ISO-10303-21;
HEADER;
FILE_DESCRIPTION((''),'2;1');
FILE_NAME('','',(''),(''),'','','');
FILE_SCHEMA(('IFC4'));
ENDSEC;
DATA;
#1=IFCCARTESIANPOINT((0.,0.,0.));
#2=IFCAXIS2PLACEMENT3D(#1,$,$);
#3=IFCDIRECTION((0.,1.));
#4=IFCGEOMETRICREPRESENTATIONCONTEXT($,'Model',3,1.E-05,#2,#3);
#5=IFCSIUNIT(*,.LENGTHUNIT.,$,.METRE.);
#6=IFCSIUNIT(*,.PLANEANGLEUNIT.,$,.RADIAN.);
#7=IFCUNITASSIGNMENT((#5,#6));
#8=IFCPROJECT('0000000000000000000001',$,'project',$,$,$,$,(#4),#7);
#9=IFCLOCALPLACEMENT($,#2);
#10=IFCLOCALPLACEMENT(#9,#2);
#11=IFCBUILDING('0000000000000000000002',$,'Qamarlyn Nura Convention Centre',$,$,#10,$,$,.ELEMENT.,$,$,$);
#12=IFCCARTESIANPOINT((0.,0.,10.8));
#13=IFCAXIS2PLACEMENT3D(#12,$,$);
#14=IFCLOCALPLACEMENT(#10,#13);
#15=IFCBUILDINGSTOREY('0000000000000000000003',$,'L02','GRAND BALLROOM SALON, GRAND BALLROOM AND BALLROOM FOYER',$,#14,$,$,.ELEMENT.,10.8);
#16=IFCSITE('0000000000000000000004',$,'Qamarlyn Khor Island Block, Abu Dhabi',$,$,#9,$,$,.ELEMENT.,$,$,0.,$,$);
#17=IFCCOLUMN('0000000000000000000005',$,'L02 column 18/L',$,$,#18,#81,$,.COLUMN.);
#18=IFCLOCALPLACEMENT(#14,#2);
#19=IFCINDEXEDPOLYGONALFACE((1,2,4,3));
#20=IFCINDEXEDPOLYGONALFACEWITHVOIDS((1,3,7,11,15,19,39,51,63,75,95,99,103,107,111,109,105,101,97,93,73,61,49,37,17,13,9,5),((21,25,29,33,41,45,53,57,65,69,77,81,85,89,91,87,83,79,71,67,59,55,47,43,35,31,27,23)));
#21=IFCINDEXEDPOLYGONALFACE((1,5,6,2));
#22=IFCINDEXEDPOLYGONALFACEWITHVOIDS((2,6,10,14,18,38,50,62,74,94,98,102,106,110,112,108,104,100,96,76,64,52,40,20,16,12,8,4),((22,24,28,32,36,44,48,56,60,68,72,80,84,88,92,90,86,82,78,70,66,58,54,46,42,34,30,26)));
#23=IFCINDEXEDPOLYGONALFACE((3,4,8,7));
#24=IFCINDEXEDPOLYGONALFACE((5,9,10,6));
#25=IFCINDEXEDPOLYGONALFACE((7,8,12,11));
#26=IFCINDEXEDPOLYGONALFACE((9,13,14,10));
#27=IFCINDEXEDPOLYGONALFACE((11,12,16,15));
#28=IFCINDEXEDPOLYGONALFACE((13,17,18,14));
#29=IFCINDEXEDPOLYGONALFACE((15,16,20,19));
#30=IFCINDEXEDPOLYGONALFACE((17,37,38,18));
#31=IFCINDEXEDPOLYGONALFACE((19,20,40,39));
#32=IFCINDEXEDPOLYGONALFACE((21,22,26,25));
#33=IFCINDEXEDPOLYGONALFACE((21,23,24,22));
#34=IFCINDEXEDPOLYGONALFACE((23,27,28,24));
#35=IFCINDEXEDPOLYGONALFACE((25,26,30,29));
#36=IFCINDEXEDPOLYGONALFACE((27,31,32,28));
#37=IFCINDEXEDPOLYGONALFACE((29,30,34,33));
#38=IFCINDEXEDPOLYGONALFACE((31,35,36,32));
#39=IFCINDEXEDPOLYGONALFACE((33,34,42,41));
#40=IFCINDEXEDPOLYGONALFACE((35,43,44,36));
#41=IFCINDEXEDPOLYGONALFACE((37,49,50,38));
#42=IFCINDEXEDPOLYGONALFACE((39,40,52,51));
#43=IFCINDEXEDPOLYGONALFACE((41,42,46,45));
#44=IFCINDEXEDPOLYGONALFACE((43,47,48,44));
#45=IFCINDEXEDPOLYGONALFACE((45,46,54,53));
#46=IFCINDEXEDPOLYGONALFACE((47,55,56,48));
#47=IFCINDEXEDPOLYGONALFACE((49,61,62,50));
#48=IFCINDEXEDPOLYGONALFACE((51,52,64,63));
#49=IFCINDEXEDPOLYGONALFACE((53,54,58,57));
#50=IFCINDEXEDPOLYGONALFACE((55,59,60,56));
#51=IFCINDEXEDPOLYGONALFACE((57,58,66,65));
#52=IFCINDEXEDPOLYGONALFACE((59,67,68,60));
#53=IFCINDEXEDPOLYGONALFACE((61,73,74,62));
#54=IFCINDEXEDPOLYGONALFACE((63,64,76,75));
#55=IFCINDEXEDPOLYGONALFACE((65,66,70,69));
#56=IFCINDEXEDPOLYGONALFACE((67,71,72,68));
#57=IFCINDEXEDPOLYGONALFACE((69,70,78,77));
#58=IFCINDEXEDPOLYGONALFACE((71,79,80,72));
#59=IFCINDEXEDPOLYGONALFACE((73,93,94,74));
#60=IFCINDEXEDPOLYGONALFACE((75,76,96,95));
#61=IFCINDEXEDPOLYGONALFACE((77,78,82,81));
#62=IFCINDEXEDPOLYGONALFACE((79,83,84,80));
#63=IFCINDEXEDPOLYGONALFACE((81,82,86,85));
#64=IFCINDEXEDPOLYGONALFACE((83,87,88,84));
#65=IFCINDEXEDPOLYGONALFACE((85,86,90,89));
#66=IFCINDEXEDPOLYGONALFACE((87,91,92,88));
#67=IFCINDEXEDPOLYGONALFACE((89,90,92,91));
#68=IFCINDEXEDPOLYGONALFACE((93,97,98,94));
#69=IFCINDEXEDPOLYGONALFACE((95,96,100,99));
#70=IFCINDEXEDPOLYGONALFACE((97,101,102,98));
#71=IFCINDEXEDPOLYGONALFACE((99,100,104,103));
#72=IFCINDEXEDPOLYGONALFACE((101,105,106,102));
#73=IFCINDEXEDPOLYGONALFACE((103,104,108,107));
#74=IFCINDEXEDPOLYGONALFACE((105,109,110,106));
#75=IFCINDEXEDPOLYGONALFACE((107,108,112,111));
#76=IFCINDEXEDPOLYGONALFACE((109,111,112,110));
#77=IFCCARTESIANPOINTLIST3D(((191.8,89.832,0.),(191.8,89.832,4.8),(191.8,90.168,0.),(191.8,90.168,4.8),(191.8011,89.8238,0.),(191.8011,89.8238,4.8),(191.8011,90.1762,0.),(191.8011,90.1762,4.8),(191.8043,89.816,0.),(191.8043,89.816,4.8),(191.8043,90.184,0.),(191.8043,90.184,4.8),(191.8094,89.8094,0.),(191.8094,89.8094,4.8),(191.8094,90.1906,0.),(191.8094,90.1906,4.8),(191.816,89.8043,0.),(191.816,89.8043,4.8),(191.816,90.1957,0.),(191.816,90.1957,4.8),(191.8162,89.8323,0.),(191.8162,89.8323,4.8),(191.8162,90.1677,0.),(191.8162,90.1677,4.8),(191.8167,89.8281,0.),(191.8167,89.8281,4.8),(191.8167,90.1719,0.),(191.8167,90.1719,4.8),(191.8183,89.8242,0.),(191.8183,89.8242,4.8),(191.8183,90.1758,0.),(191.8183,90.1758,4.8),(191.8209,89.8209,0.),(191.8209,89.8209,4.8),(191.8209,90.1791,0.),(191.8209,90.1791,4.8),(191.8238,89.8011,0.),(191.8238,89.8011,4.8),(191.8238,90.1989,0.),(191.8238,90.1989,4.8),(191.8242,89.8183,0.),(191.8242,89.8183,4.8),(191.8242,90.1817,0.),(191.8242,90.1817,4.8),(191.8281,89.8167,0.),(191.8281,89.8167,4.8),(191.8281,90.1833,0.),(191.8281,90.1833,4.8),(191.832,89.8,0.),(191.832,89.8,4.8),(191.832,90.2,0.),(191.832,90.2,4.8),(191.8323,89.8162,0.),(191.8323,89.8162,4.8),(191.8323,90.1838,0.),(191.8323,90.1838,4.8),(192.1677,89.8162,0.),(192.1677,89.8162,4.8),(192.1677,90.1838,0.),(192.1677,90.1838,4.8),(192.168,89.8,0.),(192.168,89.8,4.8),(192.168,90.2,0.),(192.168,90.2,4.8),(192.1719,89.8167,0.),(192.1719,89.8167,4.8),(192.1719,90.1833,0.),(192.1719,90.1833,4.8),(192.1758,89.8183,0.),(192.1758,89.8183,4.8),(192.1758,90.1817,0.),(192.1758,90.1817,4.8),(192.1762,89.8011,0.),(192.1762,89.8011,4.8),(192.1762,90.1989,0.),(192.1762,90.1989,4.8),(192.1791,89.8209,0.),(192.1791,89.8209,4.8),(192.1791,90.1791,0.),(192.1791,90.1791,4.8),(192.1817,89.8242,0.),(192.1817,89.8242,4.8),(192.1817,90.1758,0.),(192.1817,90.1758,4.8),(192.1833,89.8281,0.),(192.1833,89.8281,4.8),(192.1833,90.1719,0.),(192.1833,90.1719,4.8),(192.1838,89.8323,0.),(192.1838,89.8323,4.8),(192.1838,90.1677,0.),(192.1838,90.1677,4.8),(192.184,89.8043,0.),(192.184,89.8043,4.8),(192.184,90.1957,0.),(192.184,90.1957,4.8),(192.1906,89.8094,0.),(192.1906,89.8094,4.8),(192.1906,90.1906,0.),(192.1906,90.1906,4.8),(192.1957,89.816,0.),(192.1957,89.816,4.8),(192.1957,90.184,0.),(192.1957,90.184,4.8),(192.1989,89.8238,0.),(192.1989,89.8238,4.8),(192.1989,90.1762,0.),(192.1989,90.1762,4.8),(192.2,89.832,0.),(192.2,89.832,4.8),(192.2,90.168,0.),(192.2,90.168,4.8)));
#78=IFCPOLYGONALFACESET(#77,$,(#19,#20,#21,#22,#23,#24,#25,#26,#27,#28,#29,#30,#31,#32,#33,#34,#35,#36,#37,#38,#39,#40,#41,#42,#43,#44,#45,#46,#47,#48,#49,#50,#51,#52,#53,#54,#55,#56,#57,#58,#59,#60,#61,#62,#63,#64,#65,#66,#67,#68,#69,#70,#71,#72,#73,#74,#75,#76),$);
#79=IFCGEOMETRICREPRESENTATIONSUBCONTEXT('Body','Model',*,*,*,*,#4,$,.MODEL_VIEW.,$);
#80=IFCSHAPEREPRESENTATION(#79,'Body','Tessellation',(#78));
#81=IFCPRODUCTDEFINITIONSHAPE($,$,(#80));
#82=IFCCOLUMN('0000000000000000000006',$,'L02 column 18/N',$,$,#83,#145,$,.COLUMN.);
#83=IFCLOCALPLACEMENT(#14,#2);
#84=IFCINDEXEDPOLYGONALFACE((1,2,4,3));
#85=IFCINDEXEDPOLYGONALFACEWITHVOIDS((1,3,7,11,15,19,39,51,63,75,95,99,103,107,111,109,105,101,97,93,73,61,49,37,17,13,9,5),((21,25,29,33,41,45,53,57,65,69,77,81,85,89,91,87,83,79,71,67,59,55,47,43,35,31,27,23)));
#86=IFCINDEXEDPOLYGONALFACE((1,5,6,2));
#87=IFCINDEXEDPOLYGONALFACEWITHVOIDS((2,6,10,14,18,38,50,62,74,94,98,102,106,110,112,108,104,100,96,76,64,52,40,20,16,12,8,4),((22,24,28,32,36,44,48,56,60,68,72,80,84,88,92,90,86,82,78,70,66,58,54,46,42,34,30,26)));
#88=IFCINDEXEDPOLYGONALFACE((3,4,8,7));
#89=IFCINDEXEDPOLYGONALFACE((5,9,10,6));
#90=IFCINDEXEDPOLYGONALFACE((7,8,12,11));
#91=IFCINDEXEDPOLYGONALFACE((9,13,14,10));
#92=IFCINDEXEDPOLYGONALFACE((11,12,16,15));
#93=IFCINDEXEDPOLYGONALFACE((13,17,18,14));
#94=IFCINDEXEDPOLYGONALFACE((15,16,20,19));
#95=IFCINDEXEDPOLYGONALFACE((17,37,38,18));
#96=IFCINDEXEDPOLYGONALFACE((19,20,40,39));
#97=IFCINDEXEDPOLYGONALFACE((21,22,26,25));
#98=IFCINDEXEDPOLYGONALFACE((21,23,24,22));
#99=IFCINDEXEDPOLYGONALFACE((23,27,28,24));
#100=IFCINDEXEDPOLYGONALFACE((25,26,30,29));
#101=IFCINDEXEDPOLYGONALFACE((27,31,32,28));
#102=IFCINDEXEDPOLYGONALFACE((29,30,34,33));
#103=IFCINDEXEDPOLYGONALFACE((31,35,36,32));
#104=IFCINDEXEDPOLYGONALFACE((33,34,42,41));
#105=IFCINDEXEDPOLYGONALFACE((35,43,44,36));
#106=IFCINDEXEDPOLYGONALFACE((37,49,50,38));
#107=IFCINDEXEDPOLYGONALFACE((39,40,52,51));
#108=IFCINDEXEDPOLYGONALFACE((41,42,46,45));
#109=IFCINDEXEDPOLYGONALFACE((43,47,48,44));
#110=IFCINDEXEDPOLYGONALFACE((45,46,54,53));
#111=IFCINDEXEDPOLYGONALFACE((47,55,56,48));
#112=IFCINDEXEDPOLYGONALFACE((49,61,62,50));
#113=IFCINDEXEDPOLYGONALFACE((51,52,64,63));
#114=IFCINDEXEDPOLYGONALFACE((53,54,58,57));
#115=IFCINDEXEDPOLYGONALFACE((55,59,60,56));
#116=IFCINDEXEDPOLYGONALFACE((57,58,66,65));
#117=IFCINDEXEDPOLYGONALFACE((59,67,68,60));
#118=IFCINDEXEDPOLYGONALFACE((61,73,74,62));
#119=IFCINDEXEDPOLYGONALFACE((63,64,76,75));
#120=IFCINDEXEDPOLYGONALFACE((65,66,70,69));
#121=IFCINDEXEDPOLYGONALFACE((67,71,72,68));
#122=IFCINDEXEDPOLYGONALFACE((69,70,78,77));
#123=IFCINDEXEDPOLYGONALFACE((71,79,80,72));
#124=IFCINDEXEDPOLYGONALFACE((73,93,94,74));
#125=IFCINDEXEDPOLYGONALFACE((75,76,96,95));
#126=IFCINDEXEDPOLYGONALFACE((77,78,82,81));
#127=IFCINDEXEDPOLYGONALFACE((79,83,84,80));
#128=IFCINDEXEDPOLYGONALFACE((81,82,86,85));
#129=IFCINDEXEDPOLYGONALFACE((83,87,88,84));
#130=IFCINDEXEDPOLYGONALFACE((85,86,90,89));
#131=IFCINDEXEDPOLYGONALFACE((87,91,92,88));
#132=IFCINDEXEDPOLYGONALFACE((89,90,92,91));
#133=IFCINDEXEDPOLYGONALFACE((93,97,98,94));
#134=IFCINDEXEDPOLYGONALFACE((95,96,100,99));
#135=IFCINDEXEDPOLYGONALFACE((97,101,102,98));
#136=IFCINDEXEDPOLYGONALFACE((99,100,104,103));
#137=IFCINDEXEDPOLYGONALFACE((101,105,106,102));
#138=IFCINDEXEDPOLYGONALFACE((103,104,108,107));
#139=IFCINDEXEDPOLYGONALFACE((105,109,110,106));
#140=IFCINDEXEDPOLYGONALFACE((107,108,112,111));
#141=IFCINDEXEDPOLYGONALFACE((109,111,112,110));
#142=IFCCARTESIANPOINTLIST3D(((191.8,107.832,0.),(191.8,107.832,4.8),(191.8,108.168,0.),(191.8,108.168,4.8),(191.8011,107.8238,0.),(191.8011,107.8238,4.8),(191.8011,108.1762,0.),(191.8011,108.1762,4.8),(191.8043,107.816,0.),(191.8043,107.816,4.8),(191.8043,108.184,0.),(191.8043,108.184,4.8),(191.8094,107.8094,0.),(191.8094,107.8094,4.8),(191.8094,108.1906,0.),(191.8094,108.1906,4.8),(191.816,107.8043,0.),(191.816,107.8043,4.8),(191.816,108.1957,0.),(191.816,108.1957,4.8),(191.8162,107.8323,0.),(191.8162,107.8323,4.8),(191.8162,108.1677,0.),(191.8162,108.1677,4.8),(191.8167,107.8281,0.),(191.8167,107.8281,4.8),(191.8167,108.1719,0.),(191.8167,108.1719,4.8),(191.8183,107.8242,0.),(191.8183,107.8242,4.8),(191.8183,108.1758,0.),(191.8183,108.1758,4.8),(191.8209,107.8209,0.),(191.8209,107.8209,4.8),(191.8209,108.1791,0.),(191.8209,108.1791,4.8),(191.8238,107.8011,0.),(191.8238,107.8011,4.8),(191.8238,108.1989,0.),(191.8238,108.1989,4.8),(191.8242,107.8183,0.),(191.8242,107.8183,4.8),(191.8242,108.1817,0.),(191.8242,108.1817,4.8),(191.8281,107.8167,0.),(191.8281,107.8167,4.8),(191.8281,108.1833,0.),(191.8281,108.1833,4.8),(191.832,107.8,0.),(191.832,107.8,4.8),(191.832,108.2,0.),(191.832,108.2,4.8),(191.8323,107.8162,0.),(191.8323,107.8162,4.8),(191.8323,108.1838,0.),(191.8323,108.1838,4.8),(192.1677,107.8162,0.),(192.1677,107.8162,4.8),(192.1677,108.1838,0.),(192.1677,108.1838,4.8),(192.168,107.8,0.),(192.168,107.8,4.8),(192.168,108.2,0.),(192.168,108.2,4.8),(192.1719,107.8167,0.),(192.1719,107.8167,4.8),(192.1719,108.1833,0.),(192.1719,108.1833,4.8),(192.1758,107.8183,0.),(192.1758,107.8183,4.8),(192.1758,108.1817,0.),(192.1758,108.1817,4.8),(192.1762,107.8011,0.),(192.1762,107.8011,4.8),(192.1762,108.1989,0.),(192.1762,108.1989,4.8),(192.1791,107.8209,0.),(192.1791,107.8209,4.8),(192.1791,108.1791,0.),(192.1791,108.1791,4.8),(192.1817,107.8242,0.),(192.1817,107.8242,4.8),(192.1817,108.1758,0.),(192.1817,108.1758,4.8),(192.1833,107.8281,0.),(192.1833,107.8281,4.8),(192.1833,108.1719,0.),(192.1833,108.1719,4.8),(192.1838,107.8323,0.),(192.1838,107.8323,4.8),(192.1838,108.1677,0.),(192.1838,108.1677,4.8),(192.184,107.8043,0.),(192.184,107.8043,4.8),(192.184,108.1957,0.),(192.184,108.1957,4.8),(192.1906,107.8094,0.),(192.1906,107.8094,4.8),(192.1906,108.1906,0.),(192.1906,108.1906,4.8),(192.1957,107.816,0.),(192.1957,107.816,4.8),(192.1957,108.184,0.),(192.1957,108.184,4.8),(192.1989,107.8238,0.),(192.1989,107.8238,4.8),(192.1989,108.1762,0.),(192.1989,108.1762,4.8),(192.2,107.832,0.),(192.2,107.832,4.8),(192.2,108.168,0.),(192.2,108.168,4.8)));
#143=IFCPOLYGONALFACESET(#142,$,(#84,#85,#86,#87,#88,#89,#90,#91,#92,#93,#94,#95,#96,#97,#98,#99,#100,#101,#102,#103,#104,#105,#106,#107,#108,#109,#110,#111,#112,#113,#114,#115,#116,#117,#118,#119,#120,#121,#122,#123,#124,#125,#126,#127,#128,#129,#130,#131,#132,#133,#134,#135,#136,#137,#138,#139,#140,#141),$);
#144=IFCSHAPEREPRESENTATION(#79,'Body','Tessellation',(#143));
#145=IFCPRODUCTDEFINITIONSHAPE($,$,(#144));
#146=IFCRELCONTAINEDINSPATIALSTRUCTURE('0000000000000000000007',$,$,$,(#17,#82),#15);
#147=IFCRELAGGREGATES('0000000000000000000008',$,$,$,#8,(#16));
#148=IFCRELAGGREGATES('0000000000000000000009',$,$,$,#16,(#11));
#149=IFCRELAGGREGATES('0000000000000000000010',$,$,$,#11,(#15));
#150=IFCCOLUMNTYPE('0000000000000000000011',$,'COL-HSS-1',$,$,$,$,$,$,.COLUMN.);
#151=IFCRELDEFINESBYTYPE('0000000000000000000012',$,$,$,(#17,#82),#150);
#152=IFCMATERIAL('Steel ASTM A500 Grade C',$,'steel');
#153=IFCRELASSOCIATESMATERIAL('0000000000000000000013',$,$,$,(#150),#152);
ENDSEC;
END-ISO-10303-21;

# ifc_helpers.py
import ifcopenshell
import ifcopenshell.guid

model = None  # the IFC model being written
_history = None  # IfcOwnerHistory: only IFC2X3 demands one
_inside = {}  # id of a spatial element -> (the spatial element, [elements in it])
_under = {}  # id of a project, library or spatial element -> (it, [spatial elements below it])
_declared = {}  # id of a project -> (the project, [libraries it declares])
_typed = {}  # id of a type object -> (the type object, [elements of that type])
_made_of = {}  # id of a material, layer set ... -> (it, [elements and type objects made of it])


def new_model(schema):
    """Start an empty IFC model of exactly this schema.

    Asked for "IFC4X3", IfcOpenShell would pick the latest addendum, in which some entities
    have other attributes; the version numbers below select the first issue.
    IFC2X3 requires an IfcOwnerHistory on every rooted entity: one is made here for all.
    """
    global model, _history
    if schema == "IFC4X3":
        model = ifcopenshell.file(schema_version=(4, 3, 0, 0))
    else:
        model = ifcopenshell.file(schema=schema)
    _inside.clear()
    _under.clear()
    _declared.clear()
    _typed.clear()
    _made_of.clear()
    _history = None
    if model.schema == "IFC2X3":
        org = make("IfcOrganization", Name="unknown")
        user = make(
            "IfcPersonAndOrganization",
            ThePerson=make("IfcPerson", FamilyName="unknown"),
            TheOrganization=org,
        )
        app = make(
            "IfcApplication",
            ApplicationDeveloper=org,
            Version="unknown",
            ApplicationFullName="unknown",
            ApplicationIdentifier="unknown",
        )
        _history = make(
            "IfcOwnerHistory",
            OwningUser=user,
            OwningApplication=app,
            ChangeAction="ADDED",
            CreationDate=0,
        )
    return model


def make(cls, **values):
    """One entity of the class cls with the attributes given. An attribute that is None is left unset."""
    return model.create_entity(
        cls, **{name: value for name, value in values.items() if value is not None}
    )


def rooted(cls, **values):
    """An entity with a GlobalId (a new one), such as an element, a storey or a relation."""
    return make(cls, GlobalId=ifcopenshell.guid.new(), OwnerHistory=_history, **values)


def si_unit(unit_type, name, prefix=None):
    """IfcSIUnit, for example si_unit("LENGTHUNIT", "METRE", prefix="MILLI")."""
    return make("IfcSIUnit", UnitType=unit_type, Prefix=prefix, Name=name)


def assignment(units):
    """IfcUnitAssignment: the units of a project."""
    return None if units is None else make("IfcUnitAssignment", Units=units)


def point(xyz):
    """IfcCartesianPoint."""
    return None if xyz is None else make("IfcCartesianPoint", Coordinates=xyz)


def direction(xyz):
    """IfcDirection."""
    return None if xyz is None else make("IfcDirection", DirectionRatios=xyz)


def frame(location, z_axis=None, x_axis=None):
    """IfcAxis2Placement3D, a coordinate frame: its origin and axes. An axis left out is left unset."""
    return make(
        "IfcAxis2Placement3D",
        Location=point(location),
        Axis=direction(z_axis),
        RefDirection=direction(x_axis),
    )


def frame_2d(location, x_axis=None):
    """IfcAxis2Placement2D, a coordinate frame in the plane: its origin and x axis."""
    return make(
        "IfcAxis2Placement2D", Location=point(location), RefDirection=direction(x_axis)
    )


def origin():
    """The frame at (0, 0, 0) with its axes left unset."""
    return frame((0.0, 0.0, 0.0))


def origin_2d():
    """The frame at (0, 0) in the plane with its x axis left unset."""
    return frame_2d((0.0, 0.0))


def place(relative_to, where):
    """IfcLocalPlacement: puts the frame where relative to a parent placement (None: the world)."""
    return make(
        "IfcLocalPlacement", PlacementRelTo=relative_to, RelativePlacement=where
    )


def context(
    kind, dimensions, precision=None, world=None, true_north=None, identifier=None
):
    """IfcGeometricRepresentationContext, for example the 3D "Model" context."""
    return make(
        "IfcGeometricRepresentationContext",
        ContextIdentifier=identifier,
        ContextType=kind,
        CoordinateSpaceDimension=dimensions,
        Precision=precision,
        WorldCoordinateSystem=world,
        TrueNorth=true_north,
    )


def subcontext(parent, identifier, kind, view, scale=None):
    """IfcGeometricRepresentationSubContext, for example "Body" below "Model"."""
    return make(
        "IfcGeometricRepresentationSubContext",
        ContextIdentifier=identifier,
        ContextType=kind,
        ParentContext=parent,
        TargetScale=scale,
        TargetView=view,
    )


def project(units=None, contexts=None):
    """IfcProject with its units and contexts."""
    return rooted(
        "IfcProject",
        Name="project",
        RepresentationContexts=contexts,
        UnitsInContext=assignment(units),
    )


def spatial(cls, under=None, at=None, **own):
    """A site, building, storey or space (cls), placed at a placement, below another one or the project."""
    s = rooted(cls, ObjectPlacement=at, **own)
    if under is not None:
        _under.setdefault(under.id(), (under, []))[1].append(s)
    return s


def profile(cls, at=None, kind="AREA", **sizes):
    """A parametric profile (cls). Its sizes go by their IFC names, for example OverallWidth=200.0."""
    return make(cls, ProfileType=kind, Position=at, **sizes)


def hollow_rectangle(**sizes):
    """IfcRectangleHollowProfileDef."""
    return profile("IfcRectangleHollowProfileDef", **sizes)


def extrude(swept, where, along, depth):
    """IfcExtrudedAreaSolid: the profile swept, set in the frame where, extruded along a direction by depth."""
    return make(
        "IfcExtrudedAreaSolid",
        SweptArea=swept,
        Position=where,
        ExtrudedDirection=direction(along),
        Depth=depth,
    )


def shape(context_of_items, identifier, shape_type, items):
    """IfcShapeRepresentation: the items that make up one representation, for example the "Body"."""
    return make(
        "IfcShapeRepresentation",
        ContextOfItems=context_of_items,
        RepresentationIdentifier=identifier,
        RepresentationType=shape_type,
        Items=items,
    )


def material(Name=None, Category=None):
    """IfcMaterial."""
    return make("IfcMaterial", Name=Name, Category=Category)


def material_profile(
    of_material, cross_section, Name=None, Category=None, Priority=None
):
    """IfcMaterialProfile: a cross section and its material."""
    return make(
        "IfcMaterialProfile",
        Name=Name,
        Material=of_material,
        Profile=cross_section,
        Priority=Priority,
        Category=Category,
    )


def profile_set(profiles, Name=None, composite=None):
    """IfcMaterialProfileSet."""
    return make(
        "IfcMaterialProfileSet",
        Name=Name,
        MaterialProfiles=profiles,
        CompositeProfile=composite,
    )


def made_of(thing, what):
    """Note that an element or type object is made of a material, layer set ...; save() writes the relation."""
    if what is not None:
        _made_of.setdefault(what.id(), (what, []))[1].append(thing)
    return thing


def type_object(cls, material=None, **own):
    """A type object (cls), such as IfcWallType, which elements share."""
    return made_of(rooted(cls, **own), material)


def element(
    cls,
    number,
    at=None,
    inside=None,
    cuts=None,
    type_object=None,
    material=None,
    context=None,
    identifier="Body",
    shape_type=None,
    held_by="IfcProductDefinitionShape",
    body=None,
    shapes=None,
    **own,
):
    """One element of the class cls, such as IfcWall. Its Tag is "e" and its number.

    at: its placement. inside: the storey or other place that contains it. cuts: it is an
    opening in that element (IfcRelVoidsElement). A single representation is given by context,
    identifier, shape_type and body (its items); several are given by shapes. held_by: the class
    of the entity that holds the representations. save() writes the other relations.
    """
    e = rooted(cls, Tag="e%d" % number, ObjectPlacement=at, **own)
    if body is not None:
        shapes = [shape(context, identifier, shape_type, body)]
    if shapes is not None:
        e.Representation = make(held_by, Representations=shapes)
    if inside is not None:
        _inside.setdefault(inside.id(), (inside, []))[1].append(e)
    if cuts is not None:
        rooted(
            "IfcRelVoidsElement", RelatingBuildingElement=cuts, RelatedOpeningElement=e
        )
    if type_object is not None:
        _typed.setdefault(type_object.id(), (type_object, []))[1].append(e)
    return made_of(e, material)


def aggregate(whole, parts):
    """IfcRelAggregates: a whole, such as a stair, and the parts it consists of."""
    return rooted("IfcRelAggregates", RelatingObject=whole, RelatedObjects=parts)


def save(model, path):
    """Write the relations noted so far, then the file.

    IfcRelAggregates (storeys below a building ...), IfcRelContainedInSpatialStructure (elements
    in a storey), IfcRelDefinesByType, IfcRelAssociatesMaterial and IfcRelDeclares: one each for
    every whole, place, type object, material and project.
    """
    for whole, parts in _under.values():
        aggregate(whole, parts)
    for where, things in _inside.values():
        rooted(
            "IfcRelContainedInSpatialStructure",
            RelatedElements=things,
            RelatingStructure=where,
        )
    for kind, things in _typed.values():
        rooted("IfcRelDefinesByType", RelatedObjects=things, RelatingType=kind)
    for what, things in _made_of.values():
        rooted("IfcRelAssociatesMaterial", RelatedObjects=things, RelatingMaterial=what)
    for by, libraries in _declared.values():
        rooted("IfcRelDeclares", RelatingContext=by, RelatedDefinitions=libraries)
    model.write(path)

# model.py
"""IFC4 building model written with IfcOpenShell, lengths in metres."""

from ifc_helpers import new_model, si_unit, direction, frame, origin, origin_2d, place, context, subcontext, project, spatial, hollow_rectangle, extrude, material, material_profile, profile_set, type_object, element, save


model = new_model("IFC4")

# Units and contexts
model_context = context("Model", 3, precision=1e-05, world=origin(), true_north=direction((0.0, 1.0)))
body_context = subcontext(model_context, "Body", "Model", "MODEL_VIEW")
ifc_project = project(units=[si_unit("LENGTHUNIT", "METRE"), si_unit("PLANEANGLEUNIT", "RADIAN")], contexts=[model_context])

# Site, building, storey
site_placement = place(None, origin())
site = spatial("IfcSite", under=ifc_project, at=site_placement, Name="Qamarlyn Khor Island Block, Abu Dhabi", CompositionType="ELEMENT", RefElevation=0.0)
building_placement = place(site_placement, origin())
building = spatial("IfcBuilding", under=site, at=building_placement, Name="Qamarlyn Nura Convention Centre", CompositionType="ELEMENT")
storey_placement = place(building_placement, frame((0.0, 0.0, 10.8)))
storey = spatial("IfcBuildingStorey", under=building, at=storey_placement, Name="L02", Description="GRAND BALLROOM SALON, GRAND BALLROOM AND BALLROOM FOYER", CompositionType="ELEMENT", Elevation=10.8)

# Columns
ifc_material_1 = material(Name="Steel ASTM A500 Grade C", Category="steel")
ifc_material_profile_1 = material_profile(ifc_material_1, hollow_rectangle(XDim=0.3999, YDim=0.3999, WallThickness=0.0161, InnerFilletRadius=0.0161, OuterFilletRadius=0.032, at=origin_2d()), Name="HSS400X400X16")
ifc_profile_set_1 = profile_set([ifc_material_profile_1], Name="Steel ASTM A500 Grade C")
column_type_1 = type_object("IfcColumnType", Name="COL-HSS-1", PredefinedType="COLUMN", material=ifc_profile_set_1)
for number, where, z_axis, x_axis, name in (
    (1, (192.0, 90.0, 0.0), (0.0, 0.0, 1.0), (1.0, 0.0, 0.0), "L02 column 18/L"),
    (2, (192.0, 108.0, 0.0), (0.0, 0.0, 1.0), (1.0, 0.0, 0.0), "L02 column 18/N"),
):
    element("IfcColumn", number, at=place(storey_placement, frame(where, z_axis=z_axis, x_axis=x_axis)), inside=storey, type_object=column_type_1, Name=name, PredefinedType="COLUMN", context=body_context, shape_type="SweptSolid", body=[
        extrude(hollow_rectangle(XDim=0.3999, YDim=0.3999, WallThickness=0.0161, InnerFilletRadius=0.0161, OuterFilletRadius=0.032, at=origin_2d()), origin(), (0.0, 0.0, 1.0), 4.8),
    ])

save(model, "model.ifc")
